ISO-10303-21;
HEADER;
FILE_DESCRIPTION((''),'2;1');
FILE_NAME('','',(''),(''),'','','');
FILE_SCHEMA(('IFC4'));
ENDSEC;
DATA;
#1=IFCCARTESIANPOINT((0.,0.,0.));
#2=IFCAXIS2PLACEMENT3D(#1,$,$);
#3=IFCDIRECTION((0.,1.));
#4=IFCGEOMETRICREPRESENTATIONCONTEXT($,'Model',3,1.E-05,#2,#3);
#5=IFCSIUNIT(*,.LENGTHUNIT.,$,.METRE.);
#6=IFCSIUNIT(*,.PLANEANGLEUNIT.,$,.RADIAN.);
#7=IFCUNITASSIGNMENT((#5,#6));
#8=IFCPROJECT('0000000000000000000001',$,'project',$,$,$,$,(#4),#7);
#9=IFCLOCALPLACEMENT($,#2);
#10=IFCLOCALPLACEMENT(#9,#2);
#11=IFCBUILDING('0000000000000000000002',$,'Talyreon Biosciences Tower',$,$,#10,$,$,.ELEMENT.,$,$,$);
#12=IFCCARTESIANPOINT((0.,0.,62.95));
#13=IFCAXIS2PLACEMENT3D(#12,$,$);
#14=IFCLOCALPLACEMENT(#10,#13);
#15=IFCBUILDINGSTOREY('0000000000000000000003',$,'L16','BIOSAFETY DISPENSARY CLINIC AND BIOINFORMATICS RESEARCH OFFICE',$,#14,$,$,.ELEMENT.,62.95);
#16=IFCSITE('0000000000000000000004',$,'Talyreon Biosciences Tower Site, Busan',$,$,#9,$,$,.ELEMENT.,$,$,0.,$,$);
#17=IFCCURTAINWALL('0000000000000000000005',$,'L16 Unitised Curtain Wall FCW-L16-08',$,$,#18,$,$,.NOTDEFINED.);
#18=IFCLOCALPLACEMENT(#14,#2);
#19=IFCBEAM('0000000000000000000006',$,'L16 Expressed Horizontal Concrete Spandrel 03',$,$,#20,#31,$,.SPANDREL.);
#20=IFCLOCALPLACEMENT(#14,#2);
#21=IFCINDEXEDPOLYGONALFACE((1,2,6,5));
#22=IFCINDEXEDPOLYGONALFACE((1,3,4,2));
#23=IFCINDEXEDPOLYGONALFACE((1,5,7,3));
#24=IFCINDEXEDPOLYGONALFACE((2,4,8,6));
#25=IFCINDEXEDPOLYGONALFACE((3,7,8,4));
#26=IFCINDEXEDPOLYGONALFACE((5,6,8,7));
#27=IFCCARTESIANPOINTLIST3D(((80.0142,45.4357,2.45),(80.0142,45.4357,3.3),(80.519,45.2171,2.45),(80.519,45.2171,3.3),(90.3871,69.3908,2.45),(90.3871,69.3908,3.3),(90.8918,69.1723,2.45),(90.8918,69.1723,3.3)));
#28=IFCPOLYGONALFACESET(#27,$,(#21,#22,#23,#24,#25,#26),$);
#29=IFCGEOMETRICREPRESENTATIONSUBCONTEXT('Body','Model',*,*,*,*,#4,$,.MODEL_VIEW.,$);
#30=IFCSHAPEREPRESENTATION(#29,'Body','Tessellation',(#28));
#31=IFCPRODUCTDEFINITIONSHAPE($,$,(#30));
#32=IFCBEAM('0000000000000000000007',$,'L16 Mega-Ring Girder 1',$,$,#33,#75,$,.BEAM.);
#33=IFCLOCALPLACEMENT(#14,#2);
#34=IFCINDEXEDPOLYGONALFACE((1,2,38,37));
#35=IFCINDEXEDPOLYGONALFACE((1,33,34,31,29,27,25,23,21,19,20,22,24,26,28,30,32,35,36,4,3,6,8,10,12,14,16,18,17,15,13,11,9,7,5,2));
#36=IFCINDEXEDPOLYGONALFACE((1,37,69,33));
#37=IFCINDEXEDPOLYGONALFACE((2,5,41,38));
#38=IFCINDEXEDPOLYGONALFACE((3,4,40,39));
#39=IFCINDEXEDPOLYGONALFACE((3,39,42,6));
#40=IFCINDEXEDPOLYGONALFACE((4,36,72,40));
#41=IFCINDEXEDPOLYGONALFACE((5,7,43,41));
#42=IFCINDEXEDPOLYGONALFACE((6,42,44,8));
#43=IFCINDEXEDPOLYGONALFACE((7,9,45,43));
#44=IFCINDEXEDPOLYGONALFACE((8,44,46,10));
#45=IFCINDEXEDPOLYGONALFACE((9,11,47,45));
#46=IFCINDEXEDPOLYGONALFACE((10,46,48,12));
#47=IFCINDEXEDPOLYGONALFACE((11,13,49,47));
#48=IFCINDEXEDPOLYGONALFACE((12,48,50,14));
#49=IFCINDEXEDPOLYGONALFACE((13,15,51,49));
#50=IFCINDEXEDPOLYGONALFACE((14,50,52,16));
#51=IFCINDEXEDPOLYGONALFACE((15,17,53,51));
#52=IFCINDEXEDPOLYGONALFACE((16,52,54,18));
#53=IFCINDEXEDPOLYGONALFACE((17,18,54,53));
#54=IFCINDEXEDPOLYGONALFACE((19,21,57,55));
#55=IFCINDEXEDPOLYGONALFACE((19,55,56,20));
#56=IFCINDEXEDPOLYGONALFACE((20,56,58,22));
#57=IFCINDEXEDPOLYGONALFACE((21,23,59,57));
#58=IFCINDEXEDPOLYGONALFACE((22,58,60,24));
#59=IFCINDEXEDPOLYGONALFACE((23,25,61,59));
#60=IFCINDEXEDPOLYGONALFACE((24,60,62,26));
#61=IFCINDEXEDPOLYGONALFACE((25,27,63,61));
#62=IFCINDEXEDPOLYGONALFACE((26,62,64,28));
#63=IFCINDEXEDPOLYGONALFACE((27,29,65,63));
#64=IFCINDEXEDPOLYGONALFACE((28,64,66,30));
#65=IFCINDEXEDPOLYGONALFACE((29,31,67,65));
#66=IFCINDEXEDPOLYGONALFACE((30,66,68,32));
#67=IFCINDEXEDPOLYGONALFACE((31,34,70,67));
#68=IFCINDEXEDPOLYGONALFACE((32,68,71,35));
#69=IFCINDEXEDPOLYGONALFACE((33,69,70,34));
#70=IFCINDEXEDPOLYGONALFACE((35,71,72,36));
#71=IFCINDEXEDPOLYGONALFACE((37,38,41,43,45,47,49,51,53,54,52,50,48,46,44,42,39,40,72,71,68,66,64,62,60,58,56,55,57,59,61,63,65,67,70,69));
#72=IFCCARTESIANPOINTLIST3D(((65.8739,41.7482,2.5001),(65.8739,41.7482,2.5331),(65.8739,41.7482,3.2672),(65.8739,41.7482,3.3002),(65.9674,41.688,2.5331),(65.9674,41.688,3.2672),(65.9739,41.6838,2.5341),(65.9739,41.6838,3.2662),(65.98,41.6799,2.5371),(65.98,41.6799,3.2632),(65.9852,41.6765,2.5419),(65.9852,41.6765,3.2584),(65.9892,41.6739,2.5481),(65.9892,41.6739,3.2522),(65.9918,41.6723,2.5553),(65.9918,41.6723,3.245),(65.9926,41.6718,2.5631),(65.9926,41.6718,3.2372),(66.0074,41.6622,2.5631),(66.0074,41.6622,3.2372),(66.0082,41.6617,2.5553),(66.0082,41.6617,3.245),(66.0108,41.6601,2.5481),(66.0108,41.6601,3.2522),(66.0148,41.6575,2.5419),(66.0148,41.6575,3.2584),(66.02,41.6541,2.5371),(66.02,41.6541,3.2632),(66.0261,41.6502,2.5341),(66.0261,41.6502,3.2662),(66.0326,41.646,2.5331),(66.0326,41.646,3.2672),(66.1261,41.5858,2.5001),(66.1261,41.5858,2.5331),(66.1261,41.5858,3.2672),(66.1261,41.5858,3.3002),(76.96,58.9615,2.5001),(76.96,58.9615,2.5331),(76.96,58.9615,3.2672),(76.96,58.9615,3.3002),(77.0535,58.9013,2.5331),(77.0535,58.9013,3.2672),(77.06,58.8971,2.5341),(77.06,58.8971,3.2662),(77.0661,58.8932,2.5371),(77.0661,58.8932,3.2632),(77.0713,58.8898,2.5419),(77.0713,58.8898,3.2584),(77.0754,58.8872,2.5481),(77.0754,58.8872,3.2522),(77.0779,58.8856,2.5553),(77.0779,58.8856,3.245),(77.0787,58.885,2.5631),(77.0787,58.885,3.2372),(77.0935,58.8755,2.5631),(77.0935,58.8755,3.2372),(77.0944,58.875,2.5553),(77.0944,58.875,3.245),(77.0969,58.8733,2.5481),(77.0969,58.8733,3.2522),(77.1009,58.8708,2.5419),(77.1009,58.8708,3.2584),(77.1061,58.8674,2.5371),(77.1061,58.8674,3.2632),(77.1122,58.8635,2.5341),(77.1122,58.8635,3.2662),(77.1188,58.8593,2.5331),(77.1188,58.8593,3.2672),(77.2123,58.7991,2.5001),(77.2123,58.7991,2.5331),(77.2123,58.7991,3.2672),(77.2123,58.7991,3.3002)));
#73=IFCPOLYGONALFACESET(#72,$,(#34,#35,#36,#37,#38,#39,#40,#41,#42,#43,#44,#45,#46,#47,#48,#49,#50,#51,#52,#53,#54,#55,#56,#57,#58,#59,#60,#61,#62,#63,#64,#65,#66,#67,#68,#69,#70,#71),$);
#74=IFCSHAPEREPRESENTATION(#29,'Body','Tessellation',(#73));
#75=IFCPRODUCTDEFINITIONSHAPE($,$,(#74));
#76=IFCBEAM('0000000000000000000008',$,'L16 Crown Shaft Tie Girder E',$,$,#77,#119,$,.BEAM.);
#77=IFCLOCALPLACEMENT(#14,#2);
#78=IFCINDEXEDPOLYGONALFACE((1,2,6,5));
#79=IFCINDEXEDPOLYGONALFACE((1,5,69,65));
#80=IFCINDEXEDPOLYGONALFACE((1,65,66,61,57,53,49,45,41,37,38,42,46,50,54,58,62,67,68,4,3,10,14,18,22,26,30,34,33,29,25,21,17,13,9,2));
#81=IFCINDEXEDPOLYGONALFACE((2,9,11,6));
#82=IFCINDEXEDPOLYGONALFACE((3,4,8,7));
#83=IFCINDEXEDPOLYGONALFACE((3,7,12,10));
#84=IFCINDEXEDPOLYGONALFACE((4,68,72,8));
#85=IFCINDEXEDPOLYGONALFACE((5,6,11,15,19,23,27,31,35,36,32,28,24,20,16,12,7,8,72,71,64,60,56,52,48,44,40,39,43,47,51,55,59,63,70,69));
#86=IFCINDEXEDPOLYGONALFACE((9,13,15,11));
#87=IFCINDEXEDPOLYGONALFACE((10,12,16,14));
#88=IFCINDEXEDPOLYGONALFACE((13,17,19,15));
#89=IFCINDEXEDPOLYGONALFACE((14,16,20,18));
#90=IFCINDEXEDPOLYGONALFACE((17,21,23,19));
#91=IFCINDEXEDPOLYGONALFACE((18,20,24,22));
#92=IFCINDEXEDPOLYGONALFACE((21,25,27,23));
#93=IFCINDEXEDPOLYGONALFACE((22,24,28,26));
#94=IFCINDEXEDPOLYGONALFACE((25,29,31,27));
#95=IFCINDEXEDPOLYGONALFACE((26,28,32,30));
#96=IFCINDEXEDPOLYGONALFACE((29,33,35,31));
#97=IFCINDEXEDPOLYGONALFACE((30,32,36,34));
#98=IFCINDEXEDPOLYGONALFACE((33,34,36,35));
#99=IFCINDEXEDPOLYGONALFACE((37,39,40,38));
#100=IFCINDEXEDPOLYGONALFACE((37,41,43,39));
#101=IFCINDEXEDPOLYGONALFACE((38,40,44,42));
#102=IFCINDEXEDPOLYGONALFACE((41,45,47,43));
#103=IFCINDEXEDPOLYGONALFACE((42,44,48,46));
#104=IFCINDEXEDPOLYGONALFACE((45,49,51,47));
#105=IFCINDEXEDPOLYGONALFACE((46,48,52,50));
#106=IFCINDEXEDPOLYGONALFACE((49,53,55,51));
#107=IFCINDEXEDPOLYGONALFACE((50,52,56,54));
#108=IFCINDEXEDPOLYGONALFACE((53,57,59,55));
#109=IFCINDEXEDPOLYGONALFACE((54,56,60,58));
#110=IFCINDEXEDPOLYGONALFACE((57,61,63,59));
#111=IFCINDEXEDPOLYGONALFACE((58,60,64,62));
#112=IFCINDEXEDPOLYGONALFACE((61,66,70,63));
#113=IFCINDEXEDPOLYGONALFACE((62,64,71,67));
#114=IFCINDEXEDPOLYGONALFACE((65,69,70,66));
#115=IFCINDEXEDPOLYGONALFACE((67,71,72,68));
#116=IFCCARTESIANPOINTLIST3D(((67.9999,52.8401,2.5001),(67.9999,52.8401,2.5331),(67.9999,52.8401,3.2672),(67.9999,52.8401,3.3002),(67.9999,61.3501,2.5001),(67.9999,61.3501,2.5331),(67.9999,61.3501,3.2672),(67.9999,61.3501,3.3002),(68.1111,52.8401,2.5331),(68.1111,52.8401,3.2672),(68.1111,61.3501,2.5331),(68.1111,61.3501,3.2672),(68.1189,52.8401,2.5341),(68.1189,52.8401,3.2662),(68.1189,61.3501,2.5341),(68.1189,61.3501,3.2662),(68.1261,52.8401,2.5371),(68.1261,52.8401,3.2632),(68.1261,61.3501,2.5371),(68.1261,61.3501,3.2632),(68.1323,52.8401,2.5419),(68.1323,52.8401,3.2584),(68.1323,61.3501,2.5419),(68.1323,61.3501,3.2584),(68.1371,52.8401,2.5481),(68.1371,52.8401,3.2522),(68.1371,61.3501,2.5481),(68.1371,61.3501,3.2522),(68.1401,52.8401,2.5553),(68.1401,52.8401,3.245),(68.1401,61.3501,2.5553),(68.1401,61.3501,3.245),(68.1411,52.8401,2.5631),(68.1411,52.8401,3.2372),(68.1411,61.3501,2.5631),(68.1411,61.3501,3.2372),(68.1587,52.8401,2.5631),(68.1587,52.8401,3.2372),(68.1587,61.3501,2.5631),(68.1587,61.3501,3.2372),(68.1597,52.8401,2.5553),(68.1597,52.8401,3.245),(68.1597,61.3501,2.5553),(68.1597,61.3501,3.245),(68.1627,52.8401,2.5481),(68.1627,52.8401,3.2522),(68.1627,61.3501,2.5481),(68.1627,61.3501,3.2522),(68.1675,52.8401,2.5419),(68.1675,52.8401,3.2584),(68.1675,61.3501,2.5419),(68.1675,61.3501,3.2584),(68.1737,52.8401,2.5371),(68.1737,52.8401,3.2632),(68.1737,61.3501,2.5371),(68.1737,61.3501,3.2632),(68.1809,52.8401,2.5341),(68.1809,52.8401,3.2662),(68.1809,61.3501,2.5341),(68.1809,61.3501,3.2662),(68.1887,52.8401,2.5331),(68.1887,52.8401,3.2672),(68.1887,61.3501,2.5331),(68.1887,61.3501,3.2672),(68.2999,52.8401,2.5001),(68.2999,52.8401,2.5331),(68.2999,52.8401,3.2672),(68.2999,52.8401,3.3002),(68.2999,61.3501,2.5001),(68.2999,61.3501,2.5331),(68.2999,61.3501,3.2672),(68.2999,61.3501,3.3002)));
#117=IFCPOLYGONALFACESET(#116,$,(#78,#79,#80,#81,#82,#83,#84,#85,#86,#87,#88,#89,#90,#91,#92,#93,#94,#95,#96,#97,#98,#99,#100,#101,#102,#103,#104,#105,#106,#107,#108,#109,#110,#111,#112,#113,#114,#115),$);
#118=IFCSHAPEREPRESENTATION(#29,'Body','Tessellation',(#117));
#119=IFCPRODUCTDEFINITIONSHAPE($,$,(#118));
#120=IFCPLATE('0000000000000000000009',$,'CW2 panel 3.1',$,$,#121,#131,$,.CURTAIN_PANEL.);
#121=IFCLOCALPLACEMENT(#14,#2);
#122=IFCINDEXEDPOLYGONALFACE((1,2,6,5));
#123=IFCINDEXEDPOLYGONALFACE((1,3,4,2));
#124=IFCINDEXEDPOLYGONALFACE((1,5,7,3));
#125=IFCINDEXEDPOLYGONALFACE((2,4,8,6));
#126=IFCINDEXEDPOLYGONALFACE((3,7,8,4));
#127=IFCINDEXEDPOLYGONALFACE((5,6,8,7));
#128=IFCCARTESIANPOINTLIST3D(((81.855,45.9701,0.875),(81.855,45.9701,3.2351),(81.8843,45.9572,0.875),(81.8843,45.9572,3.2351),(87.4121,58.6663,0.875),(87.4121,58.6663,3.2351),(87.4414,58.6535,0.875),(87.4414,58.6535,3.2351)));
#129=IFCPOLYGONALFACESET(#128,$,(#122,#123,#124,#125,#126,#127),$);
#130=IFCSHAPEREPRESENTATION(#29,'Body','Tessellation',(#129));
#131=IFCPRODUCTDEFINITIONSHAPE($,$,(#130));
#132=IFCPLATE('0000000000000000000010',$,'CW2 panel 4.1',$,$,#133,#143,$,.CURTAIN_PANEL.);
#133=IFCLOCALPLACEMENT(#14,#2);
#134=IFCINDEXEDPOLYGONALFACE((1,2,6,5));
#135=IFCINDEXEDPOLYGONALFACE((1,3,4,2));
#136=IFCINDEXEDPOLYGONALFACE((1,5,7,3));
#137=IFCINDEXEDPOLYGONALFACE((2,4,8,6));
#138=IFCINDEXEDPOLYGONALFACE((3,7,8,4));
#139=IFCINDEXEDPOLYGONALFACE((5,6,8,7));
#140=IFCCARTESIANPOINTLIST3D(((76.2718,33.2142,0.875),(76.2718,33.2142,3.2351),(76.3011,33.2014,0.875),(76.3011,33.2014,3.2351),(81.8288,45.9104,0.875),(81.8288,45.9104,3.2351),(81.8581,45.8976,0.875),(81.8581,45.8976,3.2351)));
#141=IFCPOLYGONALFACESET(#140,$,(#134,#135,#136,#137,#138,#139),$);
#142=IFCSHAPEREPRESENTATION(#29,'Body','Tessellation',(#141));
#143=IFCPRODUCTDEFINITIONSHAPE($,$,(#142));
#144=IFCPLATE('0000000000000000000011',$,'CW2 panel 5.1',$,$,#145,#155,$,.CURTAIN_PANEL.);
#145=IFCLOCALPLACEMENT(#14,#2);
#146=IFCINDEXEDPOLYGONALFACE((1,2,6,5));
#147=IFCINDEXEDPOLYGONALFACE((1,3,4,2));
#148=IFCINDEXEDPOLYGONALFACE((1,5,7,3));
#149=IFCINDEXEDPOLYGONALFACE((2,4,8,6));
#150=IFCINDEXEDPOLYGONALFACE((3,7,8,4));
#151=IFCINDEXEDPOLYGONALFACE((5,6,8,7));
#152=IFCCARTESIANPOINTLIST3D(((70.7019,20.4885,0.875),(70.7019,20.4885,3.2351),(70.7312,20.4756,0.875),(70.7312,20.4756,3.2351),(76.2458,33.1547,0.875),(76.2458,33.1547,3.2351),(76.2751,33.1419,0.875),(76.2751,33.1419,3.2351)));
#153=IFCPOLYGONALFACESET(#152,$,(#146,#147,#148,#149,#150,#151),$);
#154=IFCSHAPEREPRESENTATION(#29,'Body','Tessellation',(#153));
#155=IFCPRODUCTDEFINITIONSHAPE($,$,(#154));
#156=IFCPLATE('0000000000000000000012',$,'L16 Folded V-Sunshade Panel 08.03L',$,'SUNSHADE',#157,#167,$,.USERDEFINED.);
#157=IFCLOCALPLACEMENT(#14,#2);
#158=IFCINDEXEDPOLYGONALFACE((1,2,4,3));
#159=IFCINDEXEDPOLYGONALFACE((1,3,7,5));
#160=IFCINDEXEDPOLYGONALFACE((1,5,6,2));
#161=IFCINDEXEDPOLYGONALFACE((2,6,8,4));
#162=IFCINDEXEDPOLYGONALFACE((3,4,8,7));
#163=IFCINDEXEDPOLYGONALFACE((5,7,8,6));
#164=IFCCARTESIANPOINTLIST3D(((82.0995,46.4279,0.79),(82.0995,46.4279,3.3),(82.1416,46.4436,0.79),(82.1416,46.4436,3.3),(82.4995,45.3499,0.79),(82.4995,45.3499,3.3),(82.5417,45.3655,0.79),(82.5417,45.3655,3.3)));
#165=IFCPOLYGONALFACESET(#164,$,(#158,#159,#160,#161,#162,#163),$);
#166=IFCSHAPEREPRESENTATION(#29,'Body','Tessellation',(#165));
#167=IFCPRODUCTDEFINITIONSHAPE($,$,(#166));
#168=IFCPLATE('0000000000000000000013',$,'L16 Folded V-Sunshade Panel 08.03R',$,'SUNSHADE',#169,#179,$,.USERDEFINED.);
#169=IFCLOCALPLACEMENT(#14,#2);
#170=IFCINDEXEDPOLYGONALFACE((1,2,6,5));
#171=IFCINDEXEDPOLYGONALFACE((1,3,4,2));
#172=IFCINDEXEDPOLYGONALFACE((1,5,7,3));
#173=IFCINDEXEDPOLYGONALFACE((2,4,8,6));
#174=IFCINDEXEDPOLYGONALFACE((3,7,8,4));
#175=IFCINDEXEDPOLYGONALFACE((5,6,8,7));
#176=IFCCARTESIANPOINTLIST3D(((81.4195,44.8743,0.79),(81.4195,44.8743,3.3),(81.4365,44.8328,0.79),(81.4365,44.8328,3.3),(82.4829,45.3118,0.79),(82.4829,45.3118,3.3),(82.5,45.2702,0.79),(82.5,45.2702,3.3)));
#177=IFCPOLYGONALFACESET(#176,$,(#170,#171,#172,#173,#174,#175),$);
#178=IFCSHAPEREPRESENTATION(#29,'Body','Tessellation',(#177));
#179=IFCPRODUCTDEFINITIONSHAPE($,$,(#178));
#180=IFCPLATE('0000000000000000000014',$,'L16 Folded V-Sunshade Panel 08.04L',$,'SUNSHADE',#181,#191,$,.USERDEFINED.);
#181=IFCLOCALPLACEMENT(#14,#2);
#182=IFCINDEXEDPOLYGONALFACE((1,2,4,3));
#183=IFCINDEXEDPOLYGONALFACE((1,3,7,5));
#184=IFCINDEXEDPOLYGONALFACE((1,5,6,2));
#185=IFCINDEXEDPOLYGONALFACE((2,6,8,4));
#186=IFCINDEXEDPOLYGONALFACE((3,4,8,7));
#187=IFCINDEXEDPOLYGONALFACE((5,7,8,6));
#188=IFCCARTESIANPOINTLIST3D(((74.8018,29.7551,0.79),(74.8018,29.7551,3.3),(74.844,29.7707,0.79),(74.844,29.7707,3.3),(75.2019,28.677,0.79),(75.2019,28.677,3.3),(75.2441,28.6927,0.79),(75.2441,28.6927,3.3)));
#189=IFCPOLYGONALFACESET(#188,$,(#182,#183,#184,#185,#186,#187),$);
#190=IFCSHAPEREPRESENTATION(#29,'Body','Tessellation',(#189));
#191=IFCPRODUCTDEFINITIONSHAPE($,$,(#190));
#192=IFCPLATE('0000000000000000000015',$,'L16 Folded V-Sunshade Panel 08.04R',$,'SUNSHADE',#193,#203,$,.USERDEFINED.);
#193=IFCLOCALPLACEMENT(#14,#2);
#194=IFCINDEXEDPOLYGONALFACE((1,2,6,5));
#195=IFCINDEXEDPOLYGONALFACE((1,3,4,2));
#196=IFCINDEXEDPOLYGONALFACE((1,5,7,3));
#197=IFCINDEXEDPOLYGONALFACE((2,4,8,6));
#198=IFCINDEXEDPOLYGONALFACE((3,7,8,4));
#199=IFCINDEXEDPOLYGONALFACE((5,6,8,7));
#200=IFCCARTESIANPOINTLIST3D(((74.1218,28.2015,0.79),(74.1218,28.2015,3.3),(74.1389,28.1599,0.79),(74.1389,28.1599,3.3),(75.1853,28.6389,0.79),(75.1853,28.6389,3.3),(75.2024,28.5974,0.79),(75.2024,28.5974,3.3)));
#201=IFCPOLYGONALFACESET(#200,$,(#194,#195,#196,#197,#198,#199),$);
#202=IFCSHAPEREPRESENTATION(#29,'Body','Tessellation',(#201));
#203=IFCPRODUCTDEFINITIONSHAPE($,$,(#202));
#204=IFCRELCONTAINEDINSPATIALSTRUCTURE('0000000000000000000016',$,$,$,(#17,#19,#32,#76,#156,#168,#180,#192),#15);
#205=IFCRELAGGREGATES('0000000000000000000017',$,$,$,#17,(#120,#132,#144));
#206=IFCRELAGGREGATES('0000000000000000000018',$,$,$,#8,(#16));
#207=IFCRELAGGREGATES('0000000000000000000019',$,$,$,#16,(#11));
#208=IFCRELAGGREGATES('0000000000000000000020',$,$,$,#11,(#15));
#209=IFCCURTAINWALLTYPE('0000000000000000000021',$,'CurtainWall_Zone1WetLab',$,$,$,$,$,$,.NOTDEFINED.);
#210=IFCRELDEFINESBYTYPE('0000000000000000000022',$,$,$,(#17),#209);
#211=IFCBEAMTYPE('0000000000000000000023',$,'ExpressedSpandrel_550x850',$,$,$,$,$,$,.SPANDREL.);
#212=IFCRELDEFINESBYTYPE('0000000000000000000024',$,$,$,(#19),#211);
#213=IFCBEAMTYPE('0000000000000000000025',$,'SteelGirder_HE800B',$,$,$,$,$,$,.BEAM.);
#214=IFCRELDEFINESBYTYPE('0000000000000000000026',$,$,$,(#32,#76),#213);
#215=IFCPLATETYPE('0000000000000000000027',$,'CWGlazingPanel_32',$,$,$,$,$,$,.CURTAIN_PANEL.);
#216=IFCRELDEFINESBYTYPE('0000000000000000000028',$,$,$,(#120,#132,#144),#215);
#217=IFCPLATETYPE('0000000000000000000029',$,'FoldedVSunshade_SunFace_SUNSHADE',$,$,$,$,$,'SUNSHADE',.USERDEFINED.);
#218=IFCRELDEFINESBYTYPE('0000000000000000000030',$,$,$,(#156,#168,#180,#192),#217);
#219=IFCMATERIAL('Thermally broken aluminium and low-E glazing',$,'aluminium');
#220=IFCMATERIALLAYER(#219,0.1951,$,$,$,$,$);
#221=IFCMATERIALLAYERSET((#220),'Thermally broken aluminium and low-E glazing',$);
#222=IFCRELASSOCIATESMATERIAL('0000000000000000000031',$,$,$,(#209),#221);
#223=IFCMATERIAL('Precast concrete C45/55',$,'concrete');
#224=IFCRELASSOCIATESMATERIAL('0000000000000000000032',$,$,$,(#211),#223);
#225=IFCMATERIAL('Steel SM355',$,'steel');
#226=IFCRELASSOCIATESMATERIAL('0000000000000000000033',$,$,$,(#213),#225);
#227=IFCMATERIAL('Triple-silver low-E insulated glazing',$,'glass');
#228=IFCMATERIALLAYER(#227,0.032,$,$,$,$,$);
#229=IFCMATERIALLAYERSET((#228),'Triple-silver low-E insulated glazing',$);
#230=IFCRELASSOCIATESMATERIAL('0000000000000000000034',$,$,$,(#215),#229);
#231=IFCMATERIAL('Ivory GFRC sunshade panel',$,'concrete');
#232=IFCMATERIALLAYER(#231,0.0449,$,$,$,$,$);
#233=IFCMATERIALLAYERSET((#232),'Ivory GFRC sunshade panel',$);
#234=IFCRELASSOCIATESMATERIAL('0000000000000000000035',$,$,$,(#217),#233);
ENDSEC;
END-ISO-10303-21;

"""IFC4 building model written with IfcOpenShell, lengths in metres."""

from ifc_helpers import new_model, si_unit, direction, frame, origin, origin_2d, place, context, subcontext, project, spatial, rectangle, i_section, extrude, material, layer, layer_set, material_profile, profile_set, type_object, element, aggregate, save


model = new_model("IFC4")

# Units and contexts
model_context = context("Model", 3, precision=1e-05, world=origin(), true_north=direction((0.0, 1.0)))
body_context = subcontext(model_context, "Body", "Model", "MODEL_VIEW")
ifc_project = project(units=[si_unit("LENGTHUNIT", "METRE"), si_unit("PLANEANGLEUNIT", "RADIAN")], contexts=[model_context])

# Site, building, storey
site_placement = place(None, origin())
site = spatial("IfcSite", under=ifc_project, at=site_placement, Name="Talyreon Biosciences Tower Site, Busan", CompositionType="ELEMENT", RefElevation=0.0)
building_placement = place(site_placement, origin())
building = spatial("IfcBuilding", under=site, at=building_placement, Name="Talyreon Biosciences Tower", CompositionType="ELEMENT")
storey_placement = place(building_placement, frame((0.0, 0.0, 62.95)))
storey = spatial("IfcBuildingStorey", under=building, at=storey_placement, Name="L16", Description="BIOSAFETY DISPENSARY CLINIC AND BIOINFORMATICS RESEARCH OFFICE", CompositionType="ELEMENT", Elevation=62.95)

# Shared definitions
ifc_material_1 = material(Name="Precast concrete C45/55", Category="concrete")

# Curtain wall
ifc_material_2 = material(Name="Thermally broken aluminium and low-E glazing", Category="aluminium")
ifc_layer_1 = layer(ifc_material_2, 0.1951)
ifc_layer_set_1 = layer_set([ifc_layer_1], Name="Thermally broken aluminium and low-E glazing")
curtain_wall_type = type_object("IfcCurtainWallType", Name="CurtainWall_Zone1WetLab", PredefinedType="NOTDEFINED", material=ifc_layer_set_1)
curtain_wall_placement = place(storey_placement, origin())
curtain_wall = element("IfcCurtainWall", 1, at=curtain_wall_placement, inside=storey, type_object=curtain_wall_type, Name="L16 Unitised Curtain Wall FCW-L16-08", PredefinedType="NOTDEFINED")

# Beams
ifc_material_profile_1 = material_profile(ifc_material_1, rectangle(XDim=0.55, YDim=0.8501, at=origin_2d()), Name="RCB 550x850")
ifc_profile_set_1 = profile_set([ifc_material_profile_1], Name="Precast concrete C45/55")
beam_type_1 = type_object("IfcBeamType", Name="ExpressedSpandrel_550x850", PredefinedType="SPANDREL", material=ifc_profile_set_1)
beam_1_placement = place(storey_placement, frame((80.2666, 45.3264, 2.875), z_axis=(0.397358, 0.917664, 0.0), x_axis=(-0.917664, 0.397358, 0.0)))
element("IfcBeam", 2, at=beam_1_placement, inside=storey, type_object=beam_type_1, Name="L16 Expressed Horizontal Concrete Spandrel 03", PredefinedType="SPANDREL", context=body_context, shape_type="SweptSolid", body=[
    extrude(rectangle(XDim=0.55, YDim=0.8501, at=origin_2d()), origin(), (0.0, 0.0, 1.0), 26.1045),
])
ifc_material_3 = material(Name="Steel SM355", Category="steel")
ifc_material_profile_2 = material_profile(ifc_material_3, i_section(OverallWidth=0.3, OverallDepth=0.8, WebThickness=0.0176, FlangeThickness=0.033, FilletRadius=0.03, at=origin_2d()), Name="HE800B")
ifc_profile_set_2 = profile_set([ifc_material_profile_2], Name="Steel SM355")
beam_type_2 = type_object("IfcBeamType", Name="SteelGirder_HE800B", PredefinedType="BEAM", material=ifc_profile_set_2)
beam_2_placement = place(storey_placement, frame((66.0, 41.667, 2.9001), z_axis=(0.541464, 0.840724, 0.0), x_axis=(-0.840724, 0.541464, 0.0)))
element("IfcBeam", 3, at=beam_2_placement, inside=storey, type_object=beam_type_2, Name="L16 Mega-Ring Girder 1", PredefinedType="BEAM", context=body_context, shape_type="SweptSolid", body=[
    extrude(i_section(OverallWidth=0.3, OverallDepth=0.8, WebThickness=0.0176, FlangeThickness=0.033, FilletRadius=0.03, at=origin_2d()), origin(), (0.0, 0.0, 1.0), 20.4744),
])
beam_3_placement = place(storey_placement, frame((68.1499, 52.8401, 2.9001), z_axis=(0.0, 1.0, 0.0), x_axis=(-1.0, 0.0, 0.0)))
element("IfcBeam", 4, at=beam_3_placement, inside=storey, type_object=beam_type_2, Name="L16 Crown Shaft Tie Girder E", PredefinedType="BEAM", context=body_context, shape_type="SweptSolid", body=[
    extrude(i_section(OverallWidth=0.3, OverallDepth=0.8, WebThickness=0.0176, FlangeThickness=0.033, FilletRadius=0.03, at=origin_2d()), origin(), (0.0, 0.0, 1.0), 8.51),
])

# Plates
ifc_material_4 = material(Name="Triple-silver low-E insulated glazing", Category="glass")
ifc_layer_2 = layer(ifc_material_4, 0.032)
ifc_layer_set_2 = layer_set([ifc_layer_2], Name="Triple-silver low-E insulated glazing")
plate_type_1 = type_object("IfcPlateType", Name="CWGlazingPanel_32", PredefinedType="CURTAIN_PANEL", material=ifc_layer_set_2)
plate_1_placement = place(storey_placement, frame((84.6482, 52.3118, 0.875), z_axis=(0.0, 0.0, 1.0), x_axis=(-0.400968, -0.916092, 0.0)))
plate_1 = element("IfcPlate", 5, at=plate_1_placement, type_object=plate_type_1, Name="CW2 panel 3.1", PredefinedType="CURTAIN_PANEL", context=body_context, shape_type="SweptSolid", body=[
    extrude(rectangle(XDim=13.8591, YDim=0.032, at=origin_2d()), origin(), (0.0, 0.0, 1.0), 2.3601),
])
plate_2_placement = place(storey_placement, frame((79.0649, 39.5559, 0.875), z_axis=(0.0, 0.0, 1.0), x_axis=(-0.400968, -0.916092, 0.0)))
plate_2 = element("IfcPlate", 6, at=plate_2_placement, type_object=plate_type_1, Name="CW2 panel 4.1", PredefinedType="CURTAIN_PANEL", context=body_context, shape_type="SweptSolid", body=[
    extrude(rectangle(XDim=13.8591, YDim=0.032, at=origin_2d()), origin(), (0.0, 0.0, 1.0), 2.3601),
])
plate_3_placement = place(storey_placement, frame((73.4885, 26.8152, 0.875), z_axis=(0.0, 0.0, 1.0), x_axis=(-0.400968, -0.916092, 0.0)))
plate_3 = element("IfcPlate", 7, at=plate_3_placement, type_object=plate_type_1, Name="CW2 panel 5.1", PredefinedType="CURTAIN_PANEL", context=body_context, shape_type="SweptSolid", body=[
    extrude(rectangle(XDim=13.8264, YDim=0.032, at=origin_2d()), origin(), (0.0, 0.0, 1.0), 2.3601),
])
aggregate(curtain_wall, [plate_1, plate_2, plate_3])

# Plates
ifc_material_5 = material(Name="Ivory GFRC sunshade panel", Category="concrete")
ifc_layer_3 = layer(ifc_material_5, 0.0449)
ifc_layer_set_3 = layer_set([ifc_layer_3], Name="Ivory GFRC sunshade panel")
plate_type_2 = type_object("IfcPlateType", Name="FoldedVSunshade_SunFace_SUNSHADE", ElementType="SUNSHADE", PredefinedType="USERDEFINED", material=ifc_layer_set_3)
for number, where, z_axis, x_axis, name in (
    (8, (82.3206, 45.8967, 0.79), (0.0, 0.0, 1.0), (0.347934, -0.937519, 0.0), "L16 Folded V-Sunshade Panel 08.03L"),
    (9, (81.9597, 45.0723, 0.79), (0.0, 0.0, 1.0), (-0.924805, -0.380441, 0.0), "L16 Folded V-Sunshade Panel 08.03R"),
    (10, (75.0229, 29.2239, 0.79), (0.0, 0.0, 1.0), (0.347934, -0.937519, 0.0), "L16 Folded V-Sunshade Panel 08.04L"),
    (11, (74.6621, 28.3994, 0.79), (0.0, 0.0, 1.0), (-0.924805, -0.380441, 0.0), "L16 Folded V-Sunshade Panel 08.04R"),
):
    element("IfcPlate", number, at=place(storey_placement, frame(where, z_axis=z_axis, x_axis=x_axis)), inside=storey, type_object=plate_type_2, Name=name, ObjectType="SUNSHADE", PredefinedType="USERDEFINED", context=body_context, shape_type="SweptSolid", body=[
        extrude(rectangle(XDim=1.1499, YDim=0.0449, at=origin_2d()), origin(), (0.0, 0.0, 1.0), 2.51),
    ])

save(model, "model.ifc")
